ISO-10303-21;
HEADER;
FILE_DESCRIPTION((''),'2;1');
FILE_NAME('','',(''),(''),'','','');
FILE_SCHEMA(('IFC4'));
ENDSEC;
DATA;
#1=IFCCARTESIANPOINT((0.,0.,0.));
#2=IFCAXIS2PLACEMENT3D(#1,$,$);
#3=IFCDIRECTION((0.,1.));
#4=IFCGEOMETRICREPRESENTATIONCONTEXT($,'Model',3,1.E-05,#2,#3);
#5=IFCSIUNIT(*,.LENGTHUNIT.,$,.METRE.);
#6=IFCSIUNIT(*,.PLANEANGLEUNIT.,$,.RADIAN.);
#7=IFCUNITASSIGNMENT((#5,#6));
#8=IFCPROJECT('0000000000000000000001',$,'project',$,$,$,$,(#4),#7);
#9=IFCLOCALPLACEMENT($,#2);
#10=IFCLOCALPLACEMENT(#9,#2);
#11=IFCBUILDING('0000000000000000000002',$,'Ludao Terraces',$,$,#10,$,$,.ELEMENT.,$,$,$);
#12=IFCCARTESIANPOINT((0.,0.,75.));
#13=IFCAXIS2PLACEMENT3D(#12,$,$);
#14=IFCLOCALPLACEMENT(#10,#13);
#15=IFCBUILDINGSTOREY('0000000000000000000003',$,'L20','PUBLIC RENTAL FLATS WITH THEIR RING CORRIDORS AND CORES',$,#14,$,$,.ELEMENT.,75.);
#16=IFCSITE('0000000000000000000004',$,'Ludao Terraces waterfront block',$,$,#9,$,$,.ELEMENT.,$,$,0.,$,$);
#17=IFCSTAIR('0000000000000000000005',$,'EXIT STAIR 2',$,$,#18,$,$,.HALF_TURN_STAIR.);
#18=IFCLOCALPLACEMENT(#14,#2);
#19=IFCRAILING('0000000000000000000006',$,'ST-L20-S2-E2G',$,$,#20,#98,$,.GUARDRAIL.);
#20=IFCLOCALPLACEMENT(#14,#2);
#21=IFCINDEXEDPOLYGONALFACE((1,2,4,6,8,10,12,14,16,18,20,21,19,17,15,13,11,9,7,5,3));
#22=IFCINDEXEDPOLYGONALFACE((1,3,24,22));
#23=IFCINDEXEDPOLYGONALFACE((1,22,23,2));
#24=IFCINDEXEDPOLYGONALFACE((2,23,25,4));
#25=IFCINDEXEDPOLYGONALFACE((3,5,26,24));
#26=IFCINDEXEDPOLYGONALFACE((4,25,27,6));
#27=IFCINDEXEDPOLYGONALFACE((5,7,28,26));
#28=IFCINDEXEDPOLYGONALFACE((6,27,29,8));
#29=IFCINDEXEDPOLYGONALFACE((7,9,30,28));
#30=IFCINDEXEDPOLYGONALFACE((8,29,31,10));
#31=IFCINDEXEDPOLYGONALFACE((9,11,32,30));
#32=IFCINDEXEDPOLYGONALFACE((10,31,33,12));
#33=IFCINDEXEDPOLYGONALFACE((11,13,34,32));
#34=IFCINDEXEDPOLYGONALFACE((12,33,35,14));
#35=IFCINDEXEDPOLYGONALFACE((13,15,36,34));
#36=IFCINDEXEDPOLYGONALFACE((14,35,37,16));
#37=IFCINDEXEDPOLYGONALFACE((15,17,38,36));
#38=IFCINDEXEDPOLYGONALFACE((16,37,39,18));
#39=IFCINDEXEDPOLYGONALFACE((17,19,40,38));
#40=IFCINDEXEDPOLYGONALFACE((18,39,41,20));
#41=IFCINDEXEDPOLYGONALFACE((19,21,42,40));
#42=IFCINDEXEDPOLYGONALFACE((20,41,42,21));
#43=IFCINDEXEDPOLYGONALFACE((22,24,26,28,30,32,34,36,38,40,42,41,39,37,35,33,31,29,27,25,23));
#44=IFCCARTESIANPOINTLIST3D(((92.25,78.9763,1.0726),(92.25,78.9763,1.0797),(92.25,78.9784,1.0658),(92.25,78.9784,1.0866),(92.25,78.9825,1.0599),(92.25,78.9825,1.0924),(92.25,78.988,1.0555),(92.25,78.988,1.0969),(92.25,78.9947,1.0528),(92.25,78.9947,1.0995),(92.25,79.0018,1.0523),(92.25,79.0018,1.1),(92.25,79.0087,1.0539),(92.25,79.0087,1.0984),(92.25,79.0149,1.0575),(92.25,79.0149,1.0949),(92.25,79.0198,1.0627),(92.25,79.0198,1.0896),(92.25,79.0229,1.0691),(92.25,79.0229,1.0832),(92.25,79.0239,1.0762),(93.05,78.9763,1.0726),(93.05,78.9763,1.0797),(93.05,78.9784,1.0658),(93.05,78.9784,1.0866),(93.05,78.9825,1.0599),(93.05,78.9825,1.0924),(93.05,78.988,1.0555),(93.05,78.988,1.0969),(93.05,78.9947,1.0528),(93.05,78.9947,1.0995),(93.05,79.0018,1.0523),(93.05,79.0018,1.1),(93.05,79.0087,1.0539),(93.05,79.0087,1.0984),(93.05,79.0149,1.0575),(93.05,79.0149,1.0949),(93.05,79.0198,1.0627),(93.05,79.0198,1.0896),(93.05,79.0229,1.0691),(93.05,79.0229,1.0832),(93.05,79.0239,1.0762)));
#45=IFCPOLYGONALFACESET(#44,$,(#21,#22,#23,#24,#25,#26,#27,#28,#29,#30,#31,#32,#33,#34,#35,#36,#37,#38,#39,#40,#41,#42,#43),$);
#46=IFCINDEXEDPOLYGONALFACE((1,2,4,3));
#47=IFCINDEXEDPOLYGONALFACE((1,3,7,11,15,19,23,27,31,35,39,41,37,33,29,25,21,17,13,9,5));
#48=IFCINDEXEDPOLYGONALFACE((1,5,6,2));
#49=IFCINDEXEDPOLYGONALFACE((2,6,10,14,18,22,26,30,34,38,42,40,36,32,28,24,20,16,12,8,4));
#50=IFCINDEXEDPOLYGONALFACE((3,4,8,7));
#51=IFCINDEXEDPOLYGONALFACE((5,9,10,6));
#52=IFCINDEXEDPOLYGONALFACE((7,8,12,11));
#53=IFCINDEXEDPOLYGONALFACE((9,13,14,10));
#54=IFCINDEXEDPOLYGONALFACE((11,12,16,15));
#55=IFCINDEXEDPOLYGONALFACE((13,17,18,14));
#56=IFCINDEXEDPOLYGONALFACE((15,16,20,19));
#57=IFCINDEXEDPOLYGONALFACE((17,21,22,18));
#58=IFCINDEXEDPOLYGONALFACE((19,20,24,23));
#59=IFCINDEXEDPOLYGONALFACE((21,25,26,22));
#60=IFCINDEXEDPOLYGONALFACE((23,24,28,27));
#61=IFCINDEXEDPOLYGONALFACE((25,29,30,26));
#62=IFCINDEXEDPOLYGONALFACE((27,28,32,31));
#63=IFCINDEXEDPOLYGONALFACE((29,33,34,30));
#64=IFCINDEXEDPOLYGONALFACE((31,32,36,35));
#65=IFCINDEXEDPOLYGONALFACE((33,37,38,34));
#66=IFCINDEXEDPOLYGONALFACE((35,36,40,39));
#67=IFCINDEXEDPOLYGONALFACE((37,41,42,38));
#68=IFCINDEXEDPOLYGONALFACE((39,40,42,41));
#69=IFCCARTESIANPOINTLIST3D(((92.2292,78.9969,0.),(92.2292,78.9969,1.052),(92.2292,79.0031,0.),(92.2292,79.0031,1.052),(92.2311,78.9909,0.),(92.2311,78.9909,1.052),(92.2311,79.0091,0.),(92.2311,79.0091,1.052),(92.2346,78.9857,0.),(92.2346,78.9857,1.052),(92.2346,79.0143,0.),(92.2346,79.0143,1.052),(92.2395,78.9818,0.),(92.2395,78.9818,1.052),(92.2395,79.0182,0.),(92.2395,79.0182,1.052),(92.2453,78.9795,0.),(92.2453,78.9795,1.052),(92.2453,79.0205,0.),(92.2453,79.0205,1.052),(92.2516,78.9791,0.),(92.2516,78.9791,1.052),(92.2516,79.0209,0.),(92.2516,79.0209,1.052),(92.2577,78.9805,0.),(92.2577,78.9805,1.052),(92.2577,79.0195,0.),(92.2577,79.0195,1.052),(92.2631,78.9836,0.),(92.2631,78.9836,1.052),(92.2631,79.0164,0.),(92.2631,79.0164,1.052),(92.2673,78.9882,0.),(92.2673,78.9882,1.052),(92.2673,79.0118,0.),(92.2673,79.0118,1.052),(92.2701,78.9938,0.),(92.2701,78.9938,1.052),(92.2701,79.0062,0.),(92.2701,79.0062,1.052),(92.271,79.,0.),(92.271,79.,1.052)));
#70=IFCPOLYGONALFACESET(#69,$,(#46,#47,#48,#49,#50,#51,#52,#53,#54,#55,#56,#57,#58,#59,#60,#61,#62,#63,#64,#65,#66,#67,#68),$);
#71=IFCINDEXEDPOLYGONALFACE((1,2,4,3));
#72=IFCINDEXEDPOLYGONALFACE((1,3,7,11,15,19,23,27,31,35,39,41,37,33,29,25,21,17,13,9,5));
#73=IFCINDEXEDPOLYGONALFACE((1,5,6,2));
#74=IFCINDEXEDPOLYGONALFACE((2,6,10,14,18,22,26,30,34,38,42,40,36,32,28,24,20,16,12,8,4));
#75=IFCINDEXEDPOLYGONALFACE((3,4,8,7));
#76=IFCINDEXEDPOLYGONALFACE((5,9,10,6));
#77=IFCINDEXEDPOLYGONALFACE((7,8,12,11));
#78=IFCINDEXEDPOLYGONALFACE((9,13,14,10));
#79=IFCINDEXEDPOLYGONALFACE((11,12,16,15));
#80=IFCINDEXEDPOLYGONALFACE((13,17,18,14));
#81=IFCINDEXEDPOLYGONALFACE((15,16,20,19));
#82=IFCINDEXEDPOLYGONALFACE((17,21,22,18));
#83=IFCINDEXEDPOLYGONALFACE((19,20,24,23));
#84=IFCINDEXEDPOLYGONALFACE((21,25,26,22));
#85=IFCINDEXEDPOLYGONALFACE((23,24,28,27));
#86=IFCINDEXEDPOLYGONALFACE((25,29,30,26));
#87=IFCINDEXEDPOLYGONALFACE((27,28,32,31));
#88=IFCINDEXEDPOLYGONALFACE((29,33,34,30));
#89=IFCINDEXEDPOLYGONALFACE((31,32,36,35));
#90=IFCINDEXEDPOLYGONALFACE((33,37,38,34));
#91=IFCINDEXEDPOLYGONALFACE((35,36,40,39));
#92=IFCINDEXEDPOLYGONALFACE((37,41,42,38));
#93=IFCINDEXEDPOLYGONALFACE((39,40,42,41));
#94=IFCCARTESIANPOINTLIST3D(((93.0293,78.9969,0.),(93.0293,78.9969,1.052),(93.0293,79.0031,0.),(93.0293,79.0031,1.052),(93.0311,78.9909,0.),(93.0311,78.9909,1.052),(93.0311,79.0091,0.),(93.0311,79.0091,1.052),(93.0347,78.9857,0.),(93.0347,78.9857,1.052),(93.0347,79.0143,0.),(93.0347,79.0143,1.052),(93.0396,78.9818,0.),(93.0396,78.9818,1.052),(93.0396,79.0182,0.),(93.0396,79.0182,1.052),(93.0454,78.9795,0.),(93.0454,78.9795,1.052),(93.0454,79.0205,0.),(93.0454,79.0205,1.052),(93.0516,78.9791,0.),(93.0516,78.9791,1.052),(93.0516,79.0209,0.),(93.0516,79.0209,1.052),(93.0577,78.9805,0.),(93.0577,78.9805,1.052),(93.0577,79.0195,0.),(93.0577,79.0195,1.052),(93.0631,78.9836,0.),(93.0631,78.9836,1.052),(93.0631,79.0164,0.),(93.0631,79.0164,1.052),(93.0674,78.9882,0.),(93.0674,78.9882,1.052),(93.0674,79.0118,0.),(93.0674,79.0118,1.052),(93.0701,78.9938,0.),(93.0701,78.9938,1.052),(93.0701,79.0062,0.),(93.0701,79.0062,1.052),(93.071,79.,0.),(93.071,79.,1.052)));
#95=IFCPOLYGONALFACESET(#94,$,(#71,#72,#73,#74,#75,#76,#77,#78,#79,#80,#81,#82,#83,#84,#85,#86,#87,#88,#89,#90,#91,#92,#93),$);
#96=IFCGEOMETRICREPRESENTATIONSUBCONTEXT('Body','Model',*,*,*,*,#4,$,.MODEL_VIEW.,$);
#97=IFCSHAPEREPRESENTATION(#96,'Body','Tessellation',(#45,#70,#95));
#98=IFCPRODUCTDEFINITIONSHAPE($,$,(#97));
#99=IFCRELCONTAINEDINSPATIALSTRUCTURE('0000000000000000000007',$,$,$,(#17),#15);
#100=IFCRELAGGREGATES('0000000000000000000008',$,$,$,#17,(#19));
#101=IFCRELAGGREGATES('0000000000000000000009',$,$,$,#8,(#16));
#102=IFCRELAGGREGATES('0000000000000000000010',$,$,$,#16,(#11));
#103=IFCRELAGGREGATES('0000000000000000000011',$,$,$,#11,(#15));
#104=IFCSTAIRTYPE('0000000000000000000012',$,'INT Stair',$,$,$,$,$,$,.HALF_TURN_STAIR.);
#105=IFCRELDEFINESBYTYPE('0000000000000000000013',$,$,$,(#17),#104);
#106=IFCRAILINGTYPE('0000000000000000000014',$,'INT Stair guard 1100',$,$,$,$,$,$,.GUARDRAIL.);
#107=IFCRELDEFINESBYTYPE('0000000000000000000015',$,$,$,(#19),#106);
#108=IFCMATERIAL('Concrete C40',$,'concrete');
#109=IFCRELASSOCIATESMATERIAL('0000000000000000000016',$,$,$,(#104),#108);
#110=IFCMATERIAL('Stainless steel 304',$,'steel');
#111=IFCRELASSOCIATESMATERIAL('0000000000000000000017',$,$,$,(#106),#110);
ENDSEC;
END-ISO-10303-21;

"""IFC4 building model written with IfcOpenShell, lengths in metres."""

from ifc_helpers import new_model, si_unit, direction, frame, origin, origin_2d, place, context, subcontext, project, spatial, circle, extrude, material, type_object, element, aggregate, save


model = new_model("IFC4")

# Units and contexts
model_context = context("Model", 3, precision=1e-05, world=origin(), true_north=direction((0.0, 1.0)))
body_context = subcontext(model_context, "Body", "Model", "MODEL_VIEW")
ifc_project = project(units=[si_unit("LENGTHUNIT", "METRE"), si_unit("PLANEANGLEUNIT", "RADIAN")], contexts=[model_context])

# Site, building, storey
site_placement = place(None, origin())
site = spatial("IfcSite", under=ifc_project, at=site_placement, Name="Ludao Terraces waterfront block", CompositionType="ELEMENT", RefElevation=0.0)
building_placement = place(site_placement, origin())
building = spatial("IfcBuilding", under=site, at=building_placement, Name="Ludao Terraces", CompositionType="ELEMENT")
storey_placement = place(building_placement, frame((0.0, 0.0, 75.0)))
storey = spatial("IfcBuildingStorey", under=building, at=storey_placement, Name="L20", Description="PUBLIC RENTAL FLATS WITH THEIR RING CORRIDORS AND CORES", CompositionType="ELEMENT", Elevation=75.0)

# Stair, railing
ifc_material_1 = material(Name="Concrete C40", Category="concrete")
stair_type = type_object("IfcStairType", Name="INT Stair", PredefinedType="HALF_TURN_STAIR", material=ifc_material_1)
stair_placement = place(storey_placement, origin())
stair = element("IfcStair", 1, at=stair_placement, inside=storey, type_object=stair_type, Name="EXIT STAIR 2", PredefinedType="HALF_TURN_STAIR")
ifc_material_2 = material(Name="Stainless steel 304", Category="steel")
railing_type_1 = type_object("IfcRailingType", Name="INT Stair guard 1100", PredefinedType="GUARDRAIL", material=ifc_material_2)
railing_1_placement = place(storey_placement, frame((92.25, 79.0, 0.0)))
railing_1 = element("IfcRailing", 2, at=railing_1_placement, type_object=railing_type_1, Name="ST-L20-S2-E2G", PredefinedType="GUARDRAIL", context=body_context, shape_type="SweptSolid", body=[
    extrude(circle(Radius=0.0239, at=origin_2d()), frame((0.0, 0.0, 1.0762), z_axis=(1.0, 0.0, 0.0), x_axis=(0.0, 1.0, 0.0)), (0.0, 0.0, 1.0), 0.8),
    extrude(circle(Radius=0.021, at=origin_2d()), origin(), (0.0, 0.0, 1.0), 1.052),
    extrude(circle(Radius=0.021, at=origin_2d()), frame((0.8, 0.0, 0.0)), (0.0, 0.0, 1.0), 1.052),
])
aggregate(stair, [railing_1])

save(model, "model.ifc")
